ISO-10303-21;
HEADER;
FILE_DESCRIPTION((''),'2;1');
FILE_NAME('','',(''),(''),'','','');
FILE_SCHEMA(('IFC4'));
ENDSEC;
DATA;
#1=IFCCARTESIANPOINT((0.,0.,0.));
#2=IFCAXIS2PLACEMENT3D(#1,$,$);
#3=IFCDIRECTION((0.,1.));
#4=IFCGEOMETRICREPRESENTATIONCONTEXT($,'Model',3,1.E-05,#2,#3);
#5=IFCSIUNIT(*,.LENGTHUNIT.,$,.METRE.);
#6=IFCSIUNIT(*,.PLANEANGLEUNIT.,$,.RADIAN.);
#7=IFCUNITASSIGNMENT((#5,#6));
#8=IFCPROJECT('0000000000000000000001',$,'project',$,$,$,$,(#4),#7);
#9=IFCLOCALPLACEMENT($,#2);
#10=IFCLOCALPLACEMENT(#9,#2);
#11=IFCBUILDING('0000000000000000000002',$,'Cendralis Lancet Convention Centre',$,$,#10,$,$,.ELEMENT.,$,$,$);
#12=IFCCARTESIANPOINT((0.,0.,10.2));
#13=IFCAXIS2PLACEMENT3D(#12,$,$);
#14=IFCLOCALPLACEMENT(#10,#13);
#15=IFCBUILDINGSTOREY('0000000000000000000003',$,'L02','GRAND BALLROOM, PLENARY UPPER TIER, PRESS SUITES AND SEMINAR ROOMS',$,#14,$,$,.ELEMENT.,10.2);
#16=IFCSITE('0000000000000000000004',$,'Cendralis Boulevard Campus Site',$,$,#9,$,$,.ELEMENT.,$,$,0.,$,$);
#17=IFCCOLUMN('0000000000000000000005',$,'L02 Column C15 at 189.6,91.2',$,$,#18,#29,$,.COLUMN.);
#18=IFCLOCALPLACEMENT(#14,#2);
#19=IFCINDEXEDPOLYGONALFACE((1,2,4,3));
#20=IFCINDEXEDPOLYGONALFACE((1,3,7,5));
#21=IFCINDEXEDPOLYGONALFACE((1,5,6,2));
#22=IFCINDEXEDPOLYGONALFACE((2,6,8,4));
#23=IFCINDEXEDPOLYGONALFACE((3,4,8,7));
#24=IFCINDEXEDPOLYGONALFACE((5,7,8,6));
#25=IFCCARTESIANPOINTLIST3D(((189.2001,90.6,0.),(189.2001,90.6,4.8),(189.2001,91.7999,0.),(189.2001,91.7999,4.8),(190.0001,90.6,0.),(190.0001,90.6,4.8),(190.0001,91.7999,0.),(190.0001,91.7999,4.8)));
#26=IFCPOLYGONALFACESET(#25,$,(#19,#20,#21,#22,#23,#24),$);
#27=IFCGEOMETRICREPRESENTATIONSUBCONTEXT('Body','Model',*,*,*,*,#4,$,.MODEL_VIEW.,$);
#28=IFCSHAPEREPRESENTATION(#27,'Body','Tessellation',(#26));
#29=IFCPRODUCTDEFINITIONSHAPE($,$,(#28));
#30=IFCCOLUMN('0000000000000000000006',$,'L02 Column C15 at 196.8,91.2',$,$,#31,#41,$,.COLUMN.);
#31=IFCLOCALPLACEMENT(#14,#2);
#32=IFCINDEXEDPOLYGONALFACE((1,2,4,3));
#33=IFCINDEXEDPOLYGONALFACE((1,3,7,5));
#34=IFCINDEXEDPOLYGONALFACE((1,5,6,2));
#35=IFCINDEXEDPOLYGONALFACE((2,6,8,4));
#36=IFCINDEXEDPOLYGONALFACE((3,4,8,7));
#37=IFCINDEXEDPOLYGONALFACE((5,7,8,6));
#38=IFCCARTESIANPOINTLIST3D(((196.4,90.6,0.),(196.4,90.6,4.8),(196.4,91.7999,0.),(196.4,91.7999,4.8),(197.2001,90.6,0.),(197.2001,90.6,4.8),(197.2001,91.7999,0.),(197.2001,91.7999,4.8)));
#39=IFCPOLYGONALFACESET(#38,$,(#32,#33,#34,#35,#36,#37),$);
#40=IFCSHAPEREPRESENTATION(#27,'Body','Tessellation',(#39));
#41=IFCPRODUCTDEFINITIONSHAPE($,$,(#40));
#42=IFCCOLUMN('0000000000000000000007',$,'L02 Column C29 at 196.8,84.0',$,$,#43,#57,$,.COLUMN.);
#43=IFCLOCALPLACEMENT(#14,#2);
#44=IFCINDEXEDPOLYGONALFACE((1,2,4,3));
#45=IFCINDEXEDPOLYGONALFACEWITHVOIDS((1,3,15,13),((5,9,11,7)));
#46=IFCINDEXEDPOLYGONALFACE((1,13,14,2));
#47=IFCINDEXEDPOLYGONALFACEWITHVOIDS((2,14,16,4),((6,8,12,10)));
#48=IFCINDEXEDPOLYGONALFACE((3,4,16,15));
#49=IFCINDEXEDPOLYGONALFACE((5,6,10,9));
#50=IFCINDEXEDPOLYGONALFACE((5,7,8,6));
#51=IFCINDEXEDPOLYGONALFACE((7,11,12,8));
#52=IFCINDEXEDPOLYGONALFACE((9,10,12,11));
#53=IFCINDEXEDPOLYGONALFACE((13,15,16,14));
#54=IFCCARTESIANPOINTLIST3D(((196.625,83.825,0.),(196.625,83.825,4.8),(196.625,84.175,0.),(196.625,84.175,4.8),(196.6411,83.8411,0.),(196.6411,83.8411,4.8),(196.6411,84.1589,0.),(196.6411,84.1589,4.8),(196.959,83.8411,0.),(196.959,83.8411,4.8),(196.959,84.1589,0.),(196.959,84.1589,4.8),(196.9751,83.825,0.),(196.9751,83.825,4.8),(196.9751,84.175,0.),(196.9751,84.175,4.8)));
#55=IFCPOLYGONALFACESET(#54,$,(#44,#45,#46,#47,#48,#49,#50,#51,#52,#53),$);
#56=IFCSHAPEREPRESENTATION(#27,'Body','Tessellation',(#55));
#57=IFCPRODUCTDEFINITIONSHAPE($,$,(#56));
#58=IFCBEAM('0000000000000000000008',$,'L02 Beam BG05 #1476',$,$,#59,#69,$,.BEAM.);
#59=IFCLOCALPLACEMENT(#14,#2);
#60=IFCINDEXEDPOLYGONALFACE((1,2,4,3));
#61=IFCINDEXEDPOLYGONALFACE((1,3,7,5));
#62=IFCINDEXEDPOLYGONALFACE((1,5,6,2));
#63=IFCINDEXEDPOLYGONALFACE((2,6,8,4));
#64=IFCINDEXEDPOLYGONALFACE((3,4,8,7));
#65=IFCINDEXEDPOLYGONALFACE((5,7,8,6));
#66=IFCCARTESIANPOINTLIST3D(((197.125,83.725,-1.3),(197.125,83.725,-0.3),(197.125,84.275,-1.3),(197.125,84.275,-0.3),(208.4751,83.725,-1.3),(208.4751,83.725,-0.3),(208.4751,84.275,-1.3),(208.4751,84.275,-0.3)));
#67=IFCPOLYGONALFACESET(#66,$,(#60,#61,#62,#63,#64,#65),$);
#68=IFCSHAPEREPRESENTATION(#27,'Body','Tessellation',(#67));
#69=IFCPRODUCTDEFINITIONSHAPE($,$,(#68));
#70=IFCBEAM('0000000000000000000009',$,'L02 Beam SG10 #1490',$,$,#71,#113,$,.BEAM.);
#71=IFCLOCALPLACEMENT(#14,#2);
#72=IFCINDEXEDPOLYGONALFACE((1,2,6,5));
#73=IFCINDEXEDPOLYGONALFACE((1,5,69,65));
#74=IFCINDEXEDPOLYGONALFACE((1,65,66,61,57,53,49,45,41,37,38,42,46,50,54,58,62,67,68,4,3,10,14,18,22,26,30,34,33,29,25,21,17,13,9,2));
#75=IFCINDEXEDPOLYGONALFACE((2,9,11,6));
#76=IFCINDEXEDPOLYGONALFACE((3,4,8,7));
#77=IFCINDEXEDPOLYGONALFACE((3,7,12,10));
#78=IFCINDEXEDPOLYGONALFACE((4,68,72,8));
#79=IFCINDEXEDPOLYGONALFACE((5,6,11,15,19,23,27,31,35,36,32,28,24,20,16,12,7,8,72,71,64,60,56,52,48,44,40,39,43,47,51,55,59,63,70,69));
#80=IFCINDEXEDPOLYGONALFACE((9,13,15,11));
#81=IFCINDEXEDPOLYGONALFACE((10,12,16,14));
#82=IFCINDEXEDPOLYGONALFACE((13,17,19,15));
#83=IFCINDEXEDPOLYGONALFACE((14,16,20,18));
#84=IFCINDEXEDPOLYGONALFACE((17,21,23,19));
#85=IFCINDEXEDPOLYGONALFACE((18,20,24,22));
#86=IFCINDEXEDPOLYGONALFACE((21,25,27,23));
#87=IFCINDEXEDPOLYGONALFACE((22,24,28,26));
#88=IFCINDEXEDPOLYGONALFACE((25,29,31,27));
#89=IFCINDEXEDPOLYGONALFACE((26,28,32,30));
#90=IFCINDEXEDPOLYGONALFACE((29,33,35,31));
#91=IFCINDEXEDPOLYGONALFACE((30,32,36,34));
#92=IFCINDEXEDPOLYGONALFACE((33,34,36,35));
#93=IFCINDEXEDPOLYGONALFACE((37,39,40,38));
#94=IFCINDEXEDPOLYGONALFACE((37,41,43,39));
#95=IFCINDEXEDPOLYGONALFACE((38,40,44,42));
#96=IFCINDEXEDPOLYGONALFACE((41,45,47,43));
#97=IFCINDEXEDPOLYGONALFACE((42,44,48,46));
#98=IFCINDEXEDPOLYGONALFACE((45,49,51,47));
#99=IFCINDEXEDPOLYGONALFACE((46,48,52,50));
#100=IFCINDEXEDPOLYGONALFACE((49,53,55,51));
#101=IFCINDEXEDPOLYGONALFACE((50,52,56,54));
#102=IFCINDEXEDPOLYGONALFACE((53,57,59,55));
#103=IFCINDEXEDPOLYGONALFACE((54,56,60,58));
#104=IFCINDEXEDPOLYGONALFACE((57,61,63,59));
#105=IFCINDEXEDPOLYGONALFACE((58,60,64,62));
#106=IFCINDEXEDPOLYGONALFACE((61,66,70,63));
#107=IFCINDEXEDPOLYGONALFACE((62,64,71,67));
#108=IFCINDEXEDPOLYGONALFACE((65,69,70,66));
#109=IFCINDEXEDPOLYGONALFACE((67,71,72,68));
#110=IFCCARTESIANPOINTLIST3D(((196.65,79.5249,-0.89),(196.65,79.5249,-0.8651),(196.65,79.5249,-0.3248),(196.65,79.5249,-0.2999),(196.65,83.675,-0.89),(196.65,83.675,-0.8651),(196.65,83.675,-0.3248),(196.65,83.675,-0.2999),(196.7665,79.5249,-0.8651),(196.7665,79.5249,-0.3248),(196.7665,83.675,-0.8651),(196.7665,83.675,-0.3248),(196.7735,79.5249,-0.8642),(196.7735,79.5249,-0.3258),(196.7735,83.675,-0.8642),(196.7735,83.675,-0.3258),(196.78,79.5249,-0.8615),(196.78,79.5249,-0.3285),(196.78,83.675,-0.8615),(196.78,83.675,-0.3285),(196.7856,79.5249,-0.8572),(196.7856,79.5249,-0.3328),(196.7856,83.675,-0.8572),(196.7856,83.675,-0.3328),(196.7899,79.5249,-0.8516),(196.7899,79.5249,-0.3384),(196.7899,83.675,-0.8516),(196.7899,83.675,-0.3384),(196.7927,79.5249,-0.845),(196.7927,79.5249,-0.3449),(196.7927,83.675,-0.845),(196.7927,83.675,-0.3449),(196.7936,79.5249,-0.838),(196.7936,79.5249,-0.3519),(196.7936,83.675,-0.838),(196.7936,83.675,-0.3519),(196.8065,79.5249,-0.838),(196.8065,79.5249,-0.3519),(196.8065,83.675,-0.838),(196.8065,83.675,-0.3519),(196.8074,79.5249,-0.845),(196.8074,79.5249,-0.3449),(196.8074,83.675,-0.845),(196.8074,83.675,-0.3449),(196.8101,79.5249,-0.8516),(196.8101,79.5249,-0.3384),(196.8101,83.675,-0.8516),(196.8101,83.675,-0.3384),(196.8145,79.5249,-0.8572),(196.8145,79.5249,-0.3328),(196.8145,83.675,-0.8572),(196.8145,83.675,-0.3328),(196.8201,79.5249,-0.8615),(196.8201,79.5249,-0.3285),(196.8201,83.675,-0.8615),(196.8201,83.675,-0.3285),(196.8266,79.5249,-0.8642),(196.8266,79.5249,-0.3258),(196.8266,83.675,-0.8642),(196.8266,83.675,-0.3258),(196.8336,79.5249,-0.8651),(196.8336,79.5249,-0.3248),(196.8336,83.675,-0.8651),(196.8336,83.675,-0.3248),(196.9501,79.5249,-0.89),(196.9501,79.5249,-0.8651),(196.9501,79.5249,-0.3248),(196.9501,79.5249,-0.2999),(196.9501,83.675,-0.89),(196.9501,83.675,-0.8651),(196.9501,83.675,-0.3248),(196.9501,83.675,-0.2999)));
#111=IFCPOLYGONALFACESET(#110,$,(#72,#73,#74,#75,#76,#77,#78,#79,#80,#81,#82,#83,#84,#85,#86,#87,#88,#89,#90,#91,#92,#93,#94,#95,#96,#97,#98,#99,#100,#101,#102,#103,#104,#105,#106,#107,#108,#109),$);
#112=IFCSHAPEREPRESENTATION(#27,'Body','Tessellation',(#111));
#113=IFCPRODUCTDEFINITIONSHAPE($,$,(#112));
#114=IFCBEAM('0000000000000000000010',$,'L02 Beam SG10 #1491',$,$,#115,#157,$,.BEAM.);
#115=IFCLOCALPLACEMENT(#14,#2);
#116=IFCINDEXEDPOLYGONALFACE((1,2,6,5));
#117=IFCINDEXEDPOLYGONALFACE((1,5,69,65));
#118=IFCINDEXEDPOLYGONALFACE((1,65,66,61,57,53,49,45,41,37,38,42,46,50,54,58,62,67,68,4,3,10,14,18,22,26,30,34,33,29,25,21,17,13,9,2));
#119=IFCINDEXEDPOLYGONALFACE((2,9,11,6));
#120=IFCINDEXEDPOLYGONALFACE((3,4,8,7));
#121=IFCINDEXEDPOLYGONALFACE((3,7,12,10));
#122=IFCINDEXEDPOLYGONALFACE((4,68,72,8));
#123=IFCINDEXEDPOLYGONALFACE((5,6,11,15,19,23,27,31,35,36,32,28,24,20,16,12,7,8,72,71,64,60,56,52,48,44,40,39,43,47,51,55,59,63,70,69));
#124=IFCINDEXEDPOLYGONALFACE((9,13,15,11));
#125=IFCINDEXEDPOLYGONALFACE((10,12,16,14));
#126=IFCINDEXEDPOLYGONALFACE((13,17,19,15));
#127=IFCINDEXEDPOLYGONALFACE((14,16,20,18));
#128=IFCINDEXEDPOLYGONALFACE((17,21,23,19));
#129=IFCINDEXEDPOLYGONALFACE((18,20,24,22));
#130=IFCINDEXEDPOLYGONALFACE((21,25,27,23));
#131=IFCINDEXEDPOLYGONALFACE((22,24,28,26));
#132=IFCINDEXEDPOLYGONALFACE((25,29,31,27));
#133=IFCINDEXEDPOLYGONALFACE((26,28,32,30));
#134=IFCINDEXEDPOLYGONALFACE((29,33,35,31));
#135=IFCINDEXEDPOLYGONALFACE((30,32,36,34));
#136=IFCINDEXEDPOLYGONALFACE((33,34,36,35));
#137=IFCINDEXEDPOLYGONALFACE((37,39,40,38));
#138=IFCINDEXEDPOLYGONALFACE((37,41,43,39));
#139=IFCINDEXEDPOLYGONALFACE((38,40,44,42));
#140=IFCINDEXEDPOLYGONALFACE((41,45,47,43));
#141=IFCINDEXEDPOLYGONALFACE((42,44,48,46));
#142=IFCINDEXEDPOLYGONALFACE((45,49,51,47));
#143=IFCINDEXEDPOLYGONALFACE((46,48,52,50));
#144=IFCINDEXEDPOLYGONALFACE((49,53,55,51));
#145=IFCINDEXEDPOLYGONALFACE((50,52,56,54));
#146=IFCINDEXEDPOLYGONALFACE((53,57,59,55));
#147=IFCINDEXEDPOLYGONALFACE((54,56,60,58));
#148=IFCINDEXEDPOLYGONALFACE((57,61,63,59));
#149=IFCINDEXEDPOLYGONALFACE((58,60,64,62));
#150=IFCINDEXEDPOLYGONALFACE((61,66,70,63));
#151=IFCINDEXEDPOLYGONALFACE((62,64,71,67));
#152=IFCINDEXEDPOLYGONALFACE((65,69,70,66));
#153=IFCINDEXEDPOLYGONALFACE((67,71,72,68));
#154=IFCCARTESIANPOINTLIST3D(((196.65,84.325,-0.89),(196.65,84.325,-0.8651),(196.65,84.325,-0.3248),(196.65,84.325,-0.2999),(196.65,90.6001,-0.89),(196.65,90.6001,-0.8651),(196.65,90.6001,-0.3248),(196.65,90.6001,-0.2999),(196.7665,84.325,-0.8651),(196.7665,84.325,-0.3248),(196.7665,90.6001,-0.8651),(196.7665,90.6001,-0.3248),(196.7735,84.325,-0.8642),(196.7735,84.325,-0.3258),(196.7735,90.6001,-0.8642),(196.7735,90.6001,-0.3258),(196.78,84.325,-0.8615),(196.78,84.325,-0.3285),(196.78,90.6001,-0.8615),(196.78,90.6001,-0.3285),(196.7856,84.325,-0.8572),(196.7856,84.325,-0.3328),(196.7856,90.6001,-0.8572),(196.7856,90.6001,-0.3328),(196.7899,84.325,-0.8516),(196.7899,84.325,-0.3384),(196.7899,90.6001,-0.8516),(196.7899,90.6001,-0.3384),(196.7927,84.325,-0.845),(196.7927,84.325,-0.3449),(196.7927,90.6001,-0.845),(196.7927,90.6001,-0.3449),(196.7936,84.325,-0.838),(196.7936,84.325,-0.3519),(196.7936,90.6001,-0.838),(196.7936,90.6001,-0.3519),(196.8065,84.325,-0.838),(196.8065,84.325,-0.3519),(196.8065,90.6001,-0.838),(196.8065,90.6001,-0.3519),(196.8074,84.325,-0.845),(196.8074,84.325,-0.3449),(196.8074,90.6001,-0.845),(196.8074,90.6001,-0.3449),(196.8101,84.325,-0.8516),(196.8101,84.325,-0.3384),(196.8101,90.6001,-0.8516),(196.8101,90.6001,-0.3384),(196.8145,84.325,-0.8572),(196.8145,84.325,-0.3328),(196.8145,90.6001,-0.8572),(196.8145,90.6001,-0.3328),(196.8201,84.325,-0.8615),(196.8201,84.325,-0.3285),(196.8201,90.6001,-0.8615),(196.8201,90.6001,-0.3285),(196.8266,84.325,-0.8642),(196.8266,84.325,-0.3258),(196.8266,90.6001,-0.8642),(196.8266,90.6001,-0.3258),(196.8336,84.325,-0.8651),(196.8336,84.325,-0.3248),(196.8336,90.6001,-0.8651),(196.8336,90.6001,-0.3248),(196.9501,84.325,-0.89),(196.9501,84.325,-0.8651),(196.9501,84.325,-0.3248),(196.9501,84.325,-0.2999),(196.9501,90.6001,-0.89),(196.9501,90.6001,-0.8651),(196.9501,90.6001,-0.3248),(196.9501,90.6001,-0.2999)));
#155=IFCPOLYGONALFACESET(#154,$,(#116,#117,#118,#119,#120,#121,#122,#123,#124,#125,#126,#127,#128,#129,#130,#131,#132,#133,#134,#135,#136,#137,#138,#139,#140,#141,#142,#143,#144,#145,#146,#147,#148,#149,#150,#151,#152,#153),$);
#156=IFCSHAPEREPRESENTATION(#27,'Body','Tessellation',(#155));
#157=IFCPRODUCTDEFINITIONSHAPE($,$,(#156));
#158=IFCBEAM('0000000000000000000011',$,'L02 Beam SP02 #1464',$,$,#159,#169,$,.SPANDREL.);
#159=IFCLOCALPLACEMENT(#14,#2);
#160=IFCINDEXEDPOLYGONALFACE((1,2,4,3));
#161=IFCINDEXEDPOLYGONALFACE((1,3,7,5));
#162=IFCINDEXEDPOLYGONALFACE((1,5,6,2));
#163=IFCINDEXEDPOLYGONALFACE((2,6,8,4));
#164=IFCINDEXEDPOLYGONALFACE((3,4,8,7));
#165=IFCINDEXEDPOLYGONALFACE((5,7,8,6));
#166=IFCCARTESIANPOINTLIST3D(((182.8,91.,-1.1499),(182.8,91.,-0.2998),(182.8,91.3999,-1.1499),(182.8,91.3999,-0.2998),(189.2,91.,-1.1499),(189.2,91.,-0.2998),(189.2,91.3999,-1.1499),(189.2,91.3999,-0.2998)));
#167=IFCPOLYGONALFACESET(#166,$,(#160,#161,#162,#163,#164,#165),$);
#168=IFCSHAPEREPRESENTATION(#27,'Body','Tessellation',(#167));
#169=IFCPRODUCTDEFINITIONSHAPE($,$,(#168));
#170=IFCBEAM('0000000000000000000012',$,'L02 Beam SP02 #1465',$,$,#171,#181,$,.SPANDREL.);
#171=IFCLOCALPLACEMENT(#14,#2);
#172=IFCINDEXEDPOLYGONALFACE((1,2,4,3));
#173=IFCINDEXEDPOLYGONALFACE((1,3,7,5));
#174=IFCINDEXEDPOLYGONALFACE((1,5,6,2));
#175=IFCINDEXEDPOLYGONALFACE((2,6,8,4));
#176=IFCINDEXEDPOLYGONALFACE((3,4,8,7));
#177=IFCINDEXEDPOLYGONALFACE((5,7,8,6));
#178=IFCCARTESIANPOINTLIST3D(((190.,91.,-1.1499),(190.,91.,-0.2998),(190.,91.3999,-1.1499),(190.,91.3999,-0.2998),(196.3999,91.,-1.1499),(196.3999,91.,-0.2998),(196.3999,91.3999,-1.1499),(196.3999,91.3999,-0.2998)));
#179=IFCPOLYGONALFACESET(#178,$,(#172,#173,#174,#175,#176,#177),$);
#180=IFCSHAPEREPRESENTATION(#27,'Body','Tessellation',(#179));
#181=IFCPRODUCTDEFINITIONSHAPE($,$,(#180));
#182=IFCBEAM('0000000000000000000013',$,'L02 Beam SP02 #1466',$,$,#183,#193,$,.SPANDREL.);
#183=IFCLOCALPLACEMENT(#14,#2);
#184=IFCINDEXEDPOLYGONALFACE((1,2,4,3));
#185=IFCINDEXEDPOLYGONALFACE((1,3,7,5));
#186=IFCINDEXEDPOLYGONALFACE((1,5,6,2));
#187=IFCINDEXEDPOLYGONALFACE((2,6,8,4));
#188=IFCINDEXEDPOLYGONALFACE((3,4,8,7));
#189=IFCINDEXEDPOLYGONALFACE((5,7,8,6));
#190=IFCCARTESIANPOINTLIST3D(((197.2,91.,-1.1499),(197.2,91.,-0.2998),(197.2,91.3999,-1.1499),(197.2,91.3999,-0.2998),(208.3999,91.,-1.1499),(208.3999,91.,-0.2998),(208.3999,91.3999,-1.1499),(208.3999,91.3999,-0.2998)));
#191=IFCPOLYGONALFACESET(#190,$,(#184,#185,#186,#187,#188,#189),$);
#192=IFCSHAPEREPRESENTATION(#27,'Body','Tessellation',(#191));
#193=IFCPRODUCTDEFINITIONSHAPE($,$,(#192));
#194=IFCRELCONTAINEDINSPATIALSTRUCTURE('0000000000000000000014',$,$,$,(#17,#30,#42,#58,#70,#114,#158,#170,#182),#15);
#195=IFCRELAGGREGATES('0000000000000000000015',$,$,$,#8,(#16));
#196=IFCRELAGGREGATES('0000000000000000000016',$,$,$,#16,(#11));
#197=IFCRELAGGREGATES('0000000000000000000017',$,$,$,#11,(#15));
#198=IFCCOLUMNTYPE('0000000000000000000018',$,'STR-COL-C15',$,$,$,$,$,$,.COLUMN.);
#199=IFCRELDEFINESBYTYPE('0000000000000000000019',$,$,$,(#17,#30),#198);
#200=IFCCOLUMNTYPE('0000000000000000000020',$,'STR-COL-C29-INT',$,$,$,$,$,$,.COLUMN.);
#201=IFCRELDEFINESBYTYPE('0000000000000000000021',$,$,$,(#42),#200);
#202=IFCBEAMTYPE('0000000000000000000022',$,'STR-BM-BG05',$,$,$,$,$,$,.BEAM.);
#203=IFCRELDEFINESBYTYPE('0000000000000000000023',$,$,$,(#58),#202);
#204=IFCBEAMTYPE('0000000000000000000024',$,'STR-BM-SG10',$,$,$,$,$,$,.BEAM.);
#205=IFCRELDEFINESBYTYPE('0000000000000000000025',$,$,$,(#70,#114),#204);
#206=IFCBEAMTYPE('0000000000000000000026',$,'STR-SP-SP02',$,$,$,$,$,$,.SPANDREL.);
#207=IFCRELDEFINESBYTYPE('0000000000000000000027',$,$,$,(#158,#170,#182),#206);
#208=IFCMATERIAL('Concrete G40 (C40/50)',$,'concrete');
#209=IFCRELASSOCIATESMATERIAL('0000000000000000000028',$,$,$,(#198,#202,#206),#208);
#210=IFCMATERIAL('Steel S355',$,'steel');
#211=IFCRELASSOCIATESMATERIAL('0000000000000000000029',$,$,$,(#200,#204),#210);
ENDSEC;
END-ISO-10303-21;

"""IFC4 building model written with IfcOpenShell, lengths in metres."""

from ifc_helpers import new_model, si_unit, direction, frame, origin, origin_2d, place, context, subcontext, project, spatial, rectangle, hollow_rectangle, i_section, extrude, material, material_profile, profile_set, type_object, element, save


model = new_model("IFC4")

# Units and contexts
model_context = context("Model", 3, precision=1e-05, world=origin(), true_north=direction((0.0, 1.0)))
body_context = subcontext(model_context, "Body", "Model", "MODEL_VIEW")
ifc_project = project(units=[si_unit("LENGTHUNIT", "METRE"), si_unit("PLANEANGLEUNIT", "RADIAN")], contexts=[model_context])

# Site, building, storey
site_placement = place(None, origin())
site = spatial("IfcSite", under=ifc_project, at=site_placement, Name="Cendralis Boulevard Campus Site", CompositionType="ELEMENT", RefElevation=0.0)
building_placement = place(site_placement, origin())
building = spatial("IfcBuilding", under=site, at=building_placement, Name="Cendralis Lancet Convention Centre", CompositionType="ELEMENT")
storey_placement = place(building_placement, frame((0.0, 0.0, 10.2)))
storey = spatial("IfcBuildingStorey", under=building, at=storey_placement, Name="L02", Description="GRAND BALLROOM, PLENARY UPPER TIER, PRESS SUITES AND SEMINAR ROOMS", CompositionType="ELEMENT", Elevation=10.2)

# Columns
ifc_material_1 = material(Name="Concrete G40 (C40/50)", Category="concrete")
ifc_material_profile_1 = material_profile(ifc_material_1, rectangle(XDim=0.8, YDim=1.2, at=origin_2d()), Name="RC 800x1200")
ifc_profile_set_1 = profile_set([ifc_material_profile_1], Name="Concrete G40 (C40/50)")
column_type_1 = type_object("IfcColumnType", Name="STR-COL-C15", PredefinedType="COLUMN", material=ifc_profile_set_1)
for number, where, z_axis, x_axis, name in (
    (1, (189.6001, 91.2, 0.0), (0.0, 0.0, 1.0), (1.0, 0.0, 0.0), "L02 Column C15 at 189.6,91.2"),
    (2, (196.8, 91.2, 0.0), (0.0, 0.0, 1.0), (1.0, 0.0, 0.0), "L02 Column C15 at 196.8,91.2"),
):
    element("IfcColumn", number, at=place(storey_placement, frame(where, z_axis=z_axis, x_axis=x_axis)), inside=storey, type_object=column_type_1, Name=name, PredefinedType="COLUMN", context=body_context, shape_type="SweptSolid", body=[
        extrude(rectangle(XDim=0.8, YDim=1.2, at=origin_2d()), origin(), (0.0, 0.0, 1.0), 4.8),
    ])
ifc_material_2 = material(Name="Steel S355", Category="steel")
ifc_material_profile_2 = material_profile(ifc_material_2, hollow_rectangle(XDim=0.3501, YDim=0.3501, WallThickness=0.0161, at=origin_2d()), Name="SHS 350x350x16.0")
ifc_profile_set_2 = profile_set([ifc_material_profile_2], Name="Steel S355")
column_type_2 = type_object("IfcColumnType", Name="STR-COL-C29-INT", PredefinedType="COLUMN", material=ifc_profile_set_2)
column_placement = place(storey_placement, frame((196.8, 84.0, 0.0), z_axis=(0.0, 0.0, 1.0), x_axis=(1.0, 0.0, 0.0)))
element("IfcColumn", 3, at=column_placement, inside=storey, type_object=column_type_2, Name="L02 Column C29 at 196.8,84.0", PredefinedType="COLUMN", context=body_context, shape_type="SweptSolid", body=[
    extrude(hollow_rectangle(XDim=0.3501, YDim=0.3501, WallThickness=0.0161, at=origin_2d()), origin(), (0.0, 0.0, 1.0), 4.8),
])

# Beams
ifc_material_profile_3 = material_profile(ifc_material_1, rectangle(XDim=0.55, YDim=1.0, at=origin_2d()), Name="RCB 550x1000")
ifc_profile_set_3 = profile_set([ifc_material_profile_3], Name="Concrete G40 (C40/50)")
beam_type_1 = type_object("IfcBeamType", Name="STR-BM-BG05", PredefinedType="BEAM", material=ifc_profile_set_3)
beam_1_placement = place(storey_placement, frame((197.125, 84.0, -0.8), z_axis=(1.0, 0.0, 0.0), x_axis=(0.0, 1.0, 0.0)))
element("IfcBeam", 4, at=beam_1_placement, inside=storey, type_object=beam_type_1, Name="L02 Beam BG05 #1476", PredefinedType="BEAM", context=body_context, shape_type="SweptSolid", body=[
    extrude(rectangle(XDim=0.55, YDim=1.0, at=origin_2d()), origin(), (0.0, 0.0, 1.0), 11.3501),
])
ifc_material_profile_4 = material_profile(ifc_material_2, i_section(OverallWidth=0.3, OverallDepth=0.5901, WebThickness=0.0129, FlangeThickness=0.0249, FilletRadius=0.0271, at=origin_2d()), Name="HEA 600")
ifc_profile_set_4 = profile_set([ifc_material_profile_4], Name="Steel S355")
beam_type_2 = type_object("IfcBeamType", Name="STR-BM-SG10", PredefinedType="BEAM", material=ifc_profile_set_4)
beam_2_placement = place(storey_placement, frame((196.8, 79.5249, -0.595), z_axis=(0.0, 1.0, 0.0), x_axis=(-1.0, 0.0, 0.0)))
element("IfcBeam", 5, at=beam_2_placement, inside=storey, type_object=beam_type_2, Name="L02 Beam SG10 #1490", PredefinedType="BEAM", context=body_context, shape_type="SweptSolid", body=[
    extrude(i_section(OverallWidth=0.3, OverallDepth=0.5901, WebThickness=0.0129, FlangeThickness=0.0249, FilletRadius=0.0271, at=origin_2d()), origin(), (0.0, 0.0, 1.0), 4.1501),
])
beam_3_placement = place(storey_placement, frame((196.8, 84.325, -0.595), z_axis=(0.0, 1.0, 0.0), x_axis=(-1.0, 0.0, 0.0)))
element("IfcBeam", 6, at=beam_3_placement, inside=storey, type_object=beam_type_2, Name="L02 Beam SG10 #1491", PredefinedType="BEAM", context=body_context, shape_type="SweptSolid", body=[
    extrude(i_section(OverallWidth=0.3, OverallDepth=0.5901, WebThickness=0.0129, FlangeThickness=0.0249, FilletRadius=0.0271, at=origin_2d()), origin(), (0.0, 0.0, 1.0), 6.2751),
])
ifc_material_profile_5 = material_profile(ifc_material_1, rectangle(XDim=0.3999, YDim=0.8501, at=origin_2d()), Name="RCB 400x850")
ifc_profile_set_5 = profile_set([ifc_material_profile_5], Name="Concrete G40 (C40/50)")
beam_type_3 = type_object("IfcBeamType", Name="STR-SP-SP02", PredefinedType="SPANDREL", material=ifc_profile_set_5)
for number, where, z_axis, x_axis, name in (
    (7, (182.8, 91.2, -0.7249), (1.0, 0.0, 0.0), (0.0, 1.0, 0.0), "L02 Beam SP02 #1464"),
    (8, (190.0, 91.2, -0.7249), (1.0, 0.0, 0.0), (0.0, 1.0, 0.0), "L02 Beam SP02 #1465"),
):
    element("IfcBeam", number, at=place(storey_placement, frame(where, z_axis=z_axis, x_axis=x_axis)), inside=storey, type_object=beam_type_3, Name=name, PredefinedType="SPANDREL", context=body_context, shape_type="SweptSolid", body=[
        extrude(rectangle(XDim=0.3999, YDim=0.8501, at=origin_2d()), origin(), (0.0, 0.0, 1.0), 6.3999),
    ])
beam_4_placement = place(storey_placement, frame((197.2, 91.2, -0.7249), z_axis=(1.0, 0.0, 0.0), x_axis=(0.0, 1.0, 0.0)))
element("IfcBeam", 9, at=beam_4_placement, inside=storey, type_object=beam_type_3, Name="L02 Beam SP02 #1466", PredefinedType="SPANDREL", context=body_context, shape_type="SweptSolid", body=[
    extrude(rectangle(XDim=0.3999, YDim=0.8501, at=origin_2d()), origin(), (0.0, 0.0, 1.0), 11.2),
])

save(model, "model.ifc")
